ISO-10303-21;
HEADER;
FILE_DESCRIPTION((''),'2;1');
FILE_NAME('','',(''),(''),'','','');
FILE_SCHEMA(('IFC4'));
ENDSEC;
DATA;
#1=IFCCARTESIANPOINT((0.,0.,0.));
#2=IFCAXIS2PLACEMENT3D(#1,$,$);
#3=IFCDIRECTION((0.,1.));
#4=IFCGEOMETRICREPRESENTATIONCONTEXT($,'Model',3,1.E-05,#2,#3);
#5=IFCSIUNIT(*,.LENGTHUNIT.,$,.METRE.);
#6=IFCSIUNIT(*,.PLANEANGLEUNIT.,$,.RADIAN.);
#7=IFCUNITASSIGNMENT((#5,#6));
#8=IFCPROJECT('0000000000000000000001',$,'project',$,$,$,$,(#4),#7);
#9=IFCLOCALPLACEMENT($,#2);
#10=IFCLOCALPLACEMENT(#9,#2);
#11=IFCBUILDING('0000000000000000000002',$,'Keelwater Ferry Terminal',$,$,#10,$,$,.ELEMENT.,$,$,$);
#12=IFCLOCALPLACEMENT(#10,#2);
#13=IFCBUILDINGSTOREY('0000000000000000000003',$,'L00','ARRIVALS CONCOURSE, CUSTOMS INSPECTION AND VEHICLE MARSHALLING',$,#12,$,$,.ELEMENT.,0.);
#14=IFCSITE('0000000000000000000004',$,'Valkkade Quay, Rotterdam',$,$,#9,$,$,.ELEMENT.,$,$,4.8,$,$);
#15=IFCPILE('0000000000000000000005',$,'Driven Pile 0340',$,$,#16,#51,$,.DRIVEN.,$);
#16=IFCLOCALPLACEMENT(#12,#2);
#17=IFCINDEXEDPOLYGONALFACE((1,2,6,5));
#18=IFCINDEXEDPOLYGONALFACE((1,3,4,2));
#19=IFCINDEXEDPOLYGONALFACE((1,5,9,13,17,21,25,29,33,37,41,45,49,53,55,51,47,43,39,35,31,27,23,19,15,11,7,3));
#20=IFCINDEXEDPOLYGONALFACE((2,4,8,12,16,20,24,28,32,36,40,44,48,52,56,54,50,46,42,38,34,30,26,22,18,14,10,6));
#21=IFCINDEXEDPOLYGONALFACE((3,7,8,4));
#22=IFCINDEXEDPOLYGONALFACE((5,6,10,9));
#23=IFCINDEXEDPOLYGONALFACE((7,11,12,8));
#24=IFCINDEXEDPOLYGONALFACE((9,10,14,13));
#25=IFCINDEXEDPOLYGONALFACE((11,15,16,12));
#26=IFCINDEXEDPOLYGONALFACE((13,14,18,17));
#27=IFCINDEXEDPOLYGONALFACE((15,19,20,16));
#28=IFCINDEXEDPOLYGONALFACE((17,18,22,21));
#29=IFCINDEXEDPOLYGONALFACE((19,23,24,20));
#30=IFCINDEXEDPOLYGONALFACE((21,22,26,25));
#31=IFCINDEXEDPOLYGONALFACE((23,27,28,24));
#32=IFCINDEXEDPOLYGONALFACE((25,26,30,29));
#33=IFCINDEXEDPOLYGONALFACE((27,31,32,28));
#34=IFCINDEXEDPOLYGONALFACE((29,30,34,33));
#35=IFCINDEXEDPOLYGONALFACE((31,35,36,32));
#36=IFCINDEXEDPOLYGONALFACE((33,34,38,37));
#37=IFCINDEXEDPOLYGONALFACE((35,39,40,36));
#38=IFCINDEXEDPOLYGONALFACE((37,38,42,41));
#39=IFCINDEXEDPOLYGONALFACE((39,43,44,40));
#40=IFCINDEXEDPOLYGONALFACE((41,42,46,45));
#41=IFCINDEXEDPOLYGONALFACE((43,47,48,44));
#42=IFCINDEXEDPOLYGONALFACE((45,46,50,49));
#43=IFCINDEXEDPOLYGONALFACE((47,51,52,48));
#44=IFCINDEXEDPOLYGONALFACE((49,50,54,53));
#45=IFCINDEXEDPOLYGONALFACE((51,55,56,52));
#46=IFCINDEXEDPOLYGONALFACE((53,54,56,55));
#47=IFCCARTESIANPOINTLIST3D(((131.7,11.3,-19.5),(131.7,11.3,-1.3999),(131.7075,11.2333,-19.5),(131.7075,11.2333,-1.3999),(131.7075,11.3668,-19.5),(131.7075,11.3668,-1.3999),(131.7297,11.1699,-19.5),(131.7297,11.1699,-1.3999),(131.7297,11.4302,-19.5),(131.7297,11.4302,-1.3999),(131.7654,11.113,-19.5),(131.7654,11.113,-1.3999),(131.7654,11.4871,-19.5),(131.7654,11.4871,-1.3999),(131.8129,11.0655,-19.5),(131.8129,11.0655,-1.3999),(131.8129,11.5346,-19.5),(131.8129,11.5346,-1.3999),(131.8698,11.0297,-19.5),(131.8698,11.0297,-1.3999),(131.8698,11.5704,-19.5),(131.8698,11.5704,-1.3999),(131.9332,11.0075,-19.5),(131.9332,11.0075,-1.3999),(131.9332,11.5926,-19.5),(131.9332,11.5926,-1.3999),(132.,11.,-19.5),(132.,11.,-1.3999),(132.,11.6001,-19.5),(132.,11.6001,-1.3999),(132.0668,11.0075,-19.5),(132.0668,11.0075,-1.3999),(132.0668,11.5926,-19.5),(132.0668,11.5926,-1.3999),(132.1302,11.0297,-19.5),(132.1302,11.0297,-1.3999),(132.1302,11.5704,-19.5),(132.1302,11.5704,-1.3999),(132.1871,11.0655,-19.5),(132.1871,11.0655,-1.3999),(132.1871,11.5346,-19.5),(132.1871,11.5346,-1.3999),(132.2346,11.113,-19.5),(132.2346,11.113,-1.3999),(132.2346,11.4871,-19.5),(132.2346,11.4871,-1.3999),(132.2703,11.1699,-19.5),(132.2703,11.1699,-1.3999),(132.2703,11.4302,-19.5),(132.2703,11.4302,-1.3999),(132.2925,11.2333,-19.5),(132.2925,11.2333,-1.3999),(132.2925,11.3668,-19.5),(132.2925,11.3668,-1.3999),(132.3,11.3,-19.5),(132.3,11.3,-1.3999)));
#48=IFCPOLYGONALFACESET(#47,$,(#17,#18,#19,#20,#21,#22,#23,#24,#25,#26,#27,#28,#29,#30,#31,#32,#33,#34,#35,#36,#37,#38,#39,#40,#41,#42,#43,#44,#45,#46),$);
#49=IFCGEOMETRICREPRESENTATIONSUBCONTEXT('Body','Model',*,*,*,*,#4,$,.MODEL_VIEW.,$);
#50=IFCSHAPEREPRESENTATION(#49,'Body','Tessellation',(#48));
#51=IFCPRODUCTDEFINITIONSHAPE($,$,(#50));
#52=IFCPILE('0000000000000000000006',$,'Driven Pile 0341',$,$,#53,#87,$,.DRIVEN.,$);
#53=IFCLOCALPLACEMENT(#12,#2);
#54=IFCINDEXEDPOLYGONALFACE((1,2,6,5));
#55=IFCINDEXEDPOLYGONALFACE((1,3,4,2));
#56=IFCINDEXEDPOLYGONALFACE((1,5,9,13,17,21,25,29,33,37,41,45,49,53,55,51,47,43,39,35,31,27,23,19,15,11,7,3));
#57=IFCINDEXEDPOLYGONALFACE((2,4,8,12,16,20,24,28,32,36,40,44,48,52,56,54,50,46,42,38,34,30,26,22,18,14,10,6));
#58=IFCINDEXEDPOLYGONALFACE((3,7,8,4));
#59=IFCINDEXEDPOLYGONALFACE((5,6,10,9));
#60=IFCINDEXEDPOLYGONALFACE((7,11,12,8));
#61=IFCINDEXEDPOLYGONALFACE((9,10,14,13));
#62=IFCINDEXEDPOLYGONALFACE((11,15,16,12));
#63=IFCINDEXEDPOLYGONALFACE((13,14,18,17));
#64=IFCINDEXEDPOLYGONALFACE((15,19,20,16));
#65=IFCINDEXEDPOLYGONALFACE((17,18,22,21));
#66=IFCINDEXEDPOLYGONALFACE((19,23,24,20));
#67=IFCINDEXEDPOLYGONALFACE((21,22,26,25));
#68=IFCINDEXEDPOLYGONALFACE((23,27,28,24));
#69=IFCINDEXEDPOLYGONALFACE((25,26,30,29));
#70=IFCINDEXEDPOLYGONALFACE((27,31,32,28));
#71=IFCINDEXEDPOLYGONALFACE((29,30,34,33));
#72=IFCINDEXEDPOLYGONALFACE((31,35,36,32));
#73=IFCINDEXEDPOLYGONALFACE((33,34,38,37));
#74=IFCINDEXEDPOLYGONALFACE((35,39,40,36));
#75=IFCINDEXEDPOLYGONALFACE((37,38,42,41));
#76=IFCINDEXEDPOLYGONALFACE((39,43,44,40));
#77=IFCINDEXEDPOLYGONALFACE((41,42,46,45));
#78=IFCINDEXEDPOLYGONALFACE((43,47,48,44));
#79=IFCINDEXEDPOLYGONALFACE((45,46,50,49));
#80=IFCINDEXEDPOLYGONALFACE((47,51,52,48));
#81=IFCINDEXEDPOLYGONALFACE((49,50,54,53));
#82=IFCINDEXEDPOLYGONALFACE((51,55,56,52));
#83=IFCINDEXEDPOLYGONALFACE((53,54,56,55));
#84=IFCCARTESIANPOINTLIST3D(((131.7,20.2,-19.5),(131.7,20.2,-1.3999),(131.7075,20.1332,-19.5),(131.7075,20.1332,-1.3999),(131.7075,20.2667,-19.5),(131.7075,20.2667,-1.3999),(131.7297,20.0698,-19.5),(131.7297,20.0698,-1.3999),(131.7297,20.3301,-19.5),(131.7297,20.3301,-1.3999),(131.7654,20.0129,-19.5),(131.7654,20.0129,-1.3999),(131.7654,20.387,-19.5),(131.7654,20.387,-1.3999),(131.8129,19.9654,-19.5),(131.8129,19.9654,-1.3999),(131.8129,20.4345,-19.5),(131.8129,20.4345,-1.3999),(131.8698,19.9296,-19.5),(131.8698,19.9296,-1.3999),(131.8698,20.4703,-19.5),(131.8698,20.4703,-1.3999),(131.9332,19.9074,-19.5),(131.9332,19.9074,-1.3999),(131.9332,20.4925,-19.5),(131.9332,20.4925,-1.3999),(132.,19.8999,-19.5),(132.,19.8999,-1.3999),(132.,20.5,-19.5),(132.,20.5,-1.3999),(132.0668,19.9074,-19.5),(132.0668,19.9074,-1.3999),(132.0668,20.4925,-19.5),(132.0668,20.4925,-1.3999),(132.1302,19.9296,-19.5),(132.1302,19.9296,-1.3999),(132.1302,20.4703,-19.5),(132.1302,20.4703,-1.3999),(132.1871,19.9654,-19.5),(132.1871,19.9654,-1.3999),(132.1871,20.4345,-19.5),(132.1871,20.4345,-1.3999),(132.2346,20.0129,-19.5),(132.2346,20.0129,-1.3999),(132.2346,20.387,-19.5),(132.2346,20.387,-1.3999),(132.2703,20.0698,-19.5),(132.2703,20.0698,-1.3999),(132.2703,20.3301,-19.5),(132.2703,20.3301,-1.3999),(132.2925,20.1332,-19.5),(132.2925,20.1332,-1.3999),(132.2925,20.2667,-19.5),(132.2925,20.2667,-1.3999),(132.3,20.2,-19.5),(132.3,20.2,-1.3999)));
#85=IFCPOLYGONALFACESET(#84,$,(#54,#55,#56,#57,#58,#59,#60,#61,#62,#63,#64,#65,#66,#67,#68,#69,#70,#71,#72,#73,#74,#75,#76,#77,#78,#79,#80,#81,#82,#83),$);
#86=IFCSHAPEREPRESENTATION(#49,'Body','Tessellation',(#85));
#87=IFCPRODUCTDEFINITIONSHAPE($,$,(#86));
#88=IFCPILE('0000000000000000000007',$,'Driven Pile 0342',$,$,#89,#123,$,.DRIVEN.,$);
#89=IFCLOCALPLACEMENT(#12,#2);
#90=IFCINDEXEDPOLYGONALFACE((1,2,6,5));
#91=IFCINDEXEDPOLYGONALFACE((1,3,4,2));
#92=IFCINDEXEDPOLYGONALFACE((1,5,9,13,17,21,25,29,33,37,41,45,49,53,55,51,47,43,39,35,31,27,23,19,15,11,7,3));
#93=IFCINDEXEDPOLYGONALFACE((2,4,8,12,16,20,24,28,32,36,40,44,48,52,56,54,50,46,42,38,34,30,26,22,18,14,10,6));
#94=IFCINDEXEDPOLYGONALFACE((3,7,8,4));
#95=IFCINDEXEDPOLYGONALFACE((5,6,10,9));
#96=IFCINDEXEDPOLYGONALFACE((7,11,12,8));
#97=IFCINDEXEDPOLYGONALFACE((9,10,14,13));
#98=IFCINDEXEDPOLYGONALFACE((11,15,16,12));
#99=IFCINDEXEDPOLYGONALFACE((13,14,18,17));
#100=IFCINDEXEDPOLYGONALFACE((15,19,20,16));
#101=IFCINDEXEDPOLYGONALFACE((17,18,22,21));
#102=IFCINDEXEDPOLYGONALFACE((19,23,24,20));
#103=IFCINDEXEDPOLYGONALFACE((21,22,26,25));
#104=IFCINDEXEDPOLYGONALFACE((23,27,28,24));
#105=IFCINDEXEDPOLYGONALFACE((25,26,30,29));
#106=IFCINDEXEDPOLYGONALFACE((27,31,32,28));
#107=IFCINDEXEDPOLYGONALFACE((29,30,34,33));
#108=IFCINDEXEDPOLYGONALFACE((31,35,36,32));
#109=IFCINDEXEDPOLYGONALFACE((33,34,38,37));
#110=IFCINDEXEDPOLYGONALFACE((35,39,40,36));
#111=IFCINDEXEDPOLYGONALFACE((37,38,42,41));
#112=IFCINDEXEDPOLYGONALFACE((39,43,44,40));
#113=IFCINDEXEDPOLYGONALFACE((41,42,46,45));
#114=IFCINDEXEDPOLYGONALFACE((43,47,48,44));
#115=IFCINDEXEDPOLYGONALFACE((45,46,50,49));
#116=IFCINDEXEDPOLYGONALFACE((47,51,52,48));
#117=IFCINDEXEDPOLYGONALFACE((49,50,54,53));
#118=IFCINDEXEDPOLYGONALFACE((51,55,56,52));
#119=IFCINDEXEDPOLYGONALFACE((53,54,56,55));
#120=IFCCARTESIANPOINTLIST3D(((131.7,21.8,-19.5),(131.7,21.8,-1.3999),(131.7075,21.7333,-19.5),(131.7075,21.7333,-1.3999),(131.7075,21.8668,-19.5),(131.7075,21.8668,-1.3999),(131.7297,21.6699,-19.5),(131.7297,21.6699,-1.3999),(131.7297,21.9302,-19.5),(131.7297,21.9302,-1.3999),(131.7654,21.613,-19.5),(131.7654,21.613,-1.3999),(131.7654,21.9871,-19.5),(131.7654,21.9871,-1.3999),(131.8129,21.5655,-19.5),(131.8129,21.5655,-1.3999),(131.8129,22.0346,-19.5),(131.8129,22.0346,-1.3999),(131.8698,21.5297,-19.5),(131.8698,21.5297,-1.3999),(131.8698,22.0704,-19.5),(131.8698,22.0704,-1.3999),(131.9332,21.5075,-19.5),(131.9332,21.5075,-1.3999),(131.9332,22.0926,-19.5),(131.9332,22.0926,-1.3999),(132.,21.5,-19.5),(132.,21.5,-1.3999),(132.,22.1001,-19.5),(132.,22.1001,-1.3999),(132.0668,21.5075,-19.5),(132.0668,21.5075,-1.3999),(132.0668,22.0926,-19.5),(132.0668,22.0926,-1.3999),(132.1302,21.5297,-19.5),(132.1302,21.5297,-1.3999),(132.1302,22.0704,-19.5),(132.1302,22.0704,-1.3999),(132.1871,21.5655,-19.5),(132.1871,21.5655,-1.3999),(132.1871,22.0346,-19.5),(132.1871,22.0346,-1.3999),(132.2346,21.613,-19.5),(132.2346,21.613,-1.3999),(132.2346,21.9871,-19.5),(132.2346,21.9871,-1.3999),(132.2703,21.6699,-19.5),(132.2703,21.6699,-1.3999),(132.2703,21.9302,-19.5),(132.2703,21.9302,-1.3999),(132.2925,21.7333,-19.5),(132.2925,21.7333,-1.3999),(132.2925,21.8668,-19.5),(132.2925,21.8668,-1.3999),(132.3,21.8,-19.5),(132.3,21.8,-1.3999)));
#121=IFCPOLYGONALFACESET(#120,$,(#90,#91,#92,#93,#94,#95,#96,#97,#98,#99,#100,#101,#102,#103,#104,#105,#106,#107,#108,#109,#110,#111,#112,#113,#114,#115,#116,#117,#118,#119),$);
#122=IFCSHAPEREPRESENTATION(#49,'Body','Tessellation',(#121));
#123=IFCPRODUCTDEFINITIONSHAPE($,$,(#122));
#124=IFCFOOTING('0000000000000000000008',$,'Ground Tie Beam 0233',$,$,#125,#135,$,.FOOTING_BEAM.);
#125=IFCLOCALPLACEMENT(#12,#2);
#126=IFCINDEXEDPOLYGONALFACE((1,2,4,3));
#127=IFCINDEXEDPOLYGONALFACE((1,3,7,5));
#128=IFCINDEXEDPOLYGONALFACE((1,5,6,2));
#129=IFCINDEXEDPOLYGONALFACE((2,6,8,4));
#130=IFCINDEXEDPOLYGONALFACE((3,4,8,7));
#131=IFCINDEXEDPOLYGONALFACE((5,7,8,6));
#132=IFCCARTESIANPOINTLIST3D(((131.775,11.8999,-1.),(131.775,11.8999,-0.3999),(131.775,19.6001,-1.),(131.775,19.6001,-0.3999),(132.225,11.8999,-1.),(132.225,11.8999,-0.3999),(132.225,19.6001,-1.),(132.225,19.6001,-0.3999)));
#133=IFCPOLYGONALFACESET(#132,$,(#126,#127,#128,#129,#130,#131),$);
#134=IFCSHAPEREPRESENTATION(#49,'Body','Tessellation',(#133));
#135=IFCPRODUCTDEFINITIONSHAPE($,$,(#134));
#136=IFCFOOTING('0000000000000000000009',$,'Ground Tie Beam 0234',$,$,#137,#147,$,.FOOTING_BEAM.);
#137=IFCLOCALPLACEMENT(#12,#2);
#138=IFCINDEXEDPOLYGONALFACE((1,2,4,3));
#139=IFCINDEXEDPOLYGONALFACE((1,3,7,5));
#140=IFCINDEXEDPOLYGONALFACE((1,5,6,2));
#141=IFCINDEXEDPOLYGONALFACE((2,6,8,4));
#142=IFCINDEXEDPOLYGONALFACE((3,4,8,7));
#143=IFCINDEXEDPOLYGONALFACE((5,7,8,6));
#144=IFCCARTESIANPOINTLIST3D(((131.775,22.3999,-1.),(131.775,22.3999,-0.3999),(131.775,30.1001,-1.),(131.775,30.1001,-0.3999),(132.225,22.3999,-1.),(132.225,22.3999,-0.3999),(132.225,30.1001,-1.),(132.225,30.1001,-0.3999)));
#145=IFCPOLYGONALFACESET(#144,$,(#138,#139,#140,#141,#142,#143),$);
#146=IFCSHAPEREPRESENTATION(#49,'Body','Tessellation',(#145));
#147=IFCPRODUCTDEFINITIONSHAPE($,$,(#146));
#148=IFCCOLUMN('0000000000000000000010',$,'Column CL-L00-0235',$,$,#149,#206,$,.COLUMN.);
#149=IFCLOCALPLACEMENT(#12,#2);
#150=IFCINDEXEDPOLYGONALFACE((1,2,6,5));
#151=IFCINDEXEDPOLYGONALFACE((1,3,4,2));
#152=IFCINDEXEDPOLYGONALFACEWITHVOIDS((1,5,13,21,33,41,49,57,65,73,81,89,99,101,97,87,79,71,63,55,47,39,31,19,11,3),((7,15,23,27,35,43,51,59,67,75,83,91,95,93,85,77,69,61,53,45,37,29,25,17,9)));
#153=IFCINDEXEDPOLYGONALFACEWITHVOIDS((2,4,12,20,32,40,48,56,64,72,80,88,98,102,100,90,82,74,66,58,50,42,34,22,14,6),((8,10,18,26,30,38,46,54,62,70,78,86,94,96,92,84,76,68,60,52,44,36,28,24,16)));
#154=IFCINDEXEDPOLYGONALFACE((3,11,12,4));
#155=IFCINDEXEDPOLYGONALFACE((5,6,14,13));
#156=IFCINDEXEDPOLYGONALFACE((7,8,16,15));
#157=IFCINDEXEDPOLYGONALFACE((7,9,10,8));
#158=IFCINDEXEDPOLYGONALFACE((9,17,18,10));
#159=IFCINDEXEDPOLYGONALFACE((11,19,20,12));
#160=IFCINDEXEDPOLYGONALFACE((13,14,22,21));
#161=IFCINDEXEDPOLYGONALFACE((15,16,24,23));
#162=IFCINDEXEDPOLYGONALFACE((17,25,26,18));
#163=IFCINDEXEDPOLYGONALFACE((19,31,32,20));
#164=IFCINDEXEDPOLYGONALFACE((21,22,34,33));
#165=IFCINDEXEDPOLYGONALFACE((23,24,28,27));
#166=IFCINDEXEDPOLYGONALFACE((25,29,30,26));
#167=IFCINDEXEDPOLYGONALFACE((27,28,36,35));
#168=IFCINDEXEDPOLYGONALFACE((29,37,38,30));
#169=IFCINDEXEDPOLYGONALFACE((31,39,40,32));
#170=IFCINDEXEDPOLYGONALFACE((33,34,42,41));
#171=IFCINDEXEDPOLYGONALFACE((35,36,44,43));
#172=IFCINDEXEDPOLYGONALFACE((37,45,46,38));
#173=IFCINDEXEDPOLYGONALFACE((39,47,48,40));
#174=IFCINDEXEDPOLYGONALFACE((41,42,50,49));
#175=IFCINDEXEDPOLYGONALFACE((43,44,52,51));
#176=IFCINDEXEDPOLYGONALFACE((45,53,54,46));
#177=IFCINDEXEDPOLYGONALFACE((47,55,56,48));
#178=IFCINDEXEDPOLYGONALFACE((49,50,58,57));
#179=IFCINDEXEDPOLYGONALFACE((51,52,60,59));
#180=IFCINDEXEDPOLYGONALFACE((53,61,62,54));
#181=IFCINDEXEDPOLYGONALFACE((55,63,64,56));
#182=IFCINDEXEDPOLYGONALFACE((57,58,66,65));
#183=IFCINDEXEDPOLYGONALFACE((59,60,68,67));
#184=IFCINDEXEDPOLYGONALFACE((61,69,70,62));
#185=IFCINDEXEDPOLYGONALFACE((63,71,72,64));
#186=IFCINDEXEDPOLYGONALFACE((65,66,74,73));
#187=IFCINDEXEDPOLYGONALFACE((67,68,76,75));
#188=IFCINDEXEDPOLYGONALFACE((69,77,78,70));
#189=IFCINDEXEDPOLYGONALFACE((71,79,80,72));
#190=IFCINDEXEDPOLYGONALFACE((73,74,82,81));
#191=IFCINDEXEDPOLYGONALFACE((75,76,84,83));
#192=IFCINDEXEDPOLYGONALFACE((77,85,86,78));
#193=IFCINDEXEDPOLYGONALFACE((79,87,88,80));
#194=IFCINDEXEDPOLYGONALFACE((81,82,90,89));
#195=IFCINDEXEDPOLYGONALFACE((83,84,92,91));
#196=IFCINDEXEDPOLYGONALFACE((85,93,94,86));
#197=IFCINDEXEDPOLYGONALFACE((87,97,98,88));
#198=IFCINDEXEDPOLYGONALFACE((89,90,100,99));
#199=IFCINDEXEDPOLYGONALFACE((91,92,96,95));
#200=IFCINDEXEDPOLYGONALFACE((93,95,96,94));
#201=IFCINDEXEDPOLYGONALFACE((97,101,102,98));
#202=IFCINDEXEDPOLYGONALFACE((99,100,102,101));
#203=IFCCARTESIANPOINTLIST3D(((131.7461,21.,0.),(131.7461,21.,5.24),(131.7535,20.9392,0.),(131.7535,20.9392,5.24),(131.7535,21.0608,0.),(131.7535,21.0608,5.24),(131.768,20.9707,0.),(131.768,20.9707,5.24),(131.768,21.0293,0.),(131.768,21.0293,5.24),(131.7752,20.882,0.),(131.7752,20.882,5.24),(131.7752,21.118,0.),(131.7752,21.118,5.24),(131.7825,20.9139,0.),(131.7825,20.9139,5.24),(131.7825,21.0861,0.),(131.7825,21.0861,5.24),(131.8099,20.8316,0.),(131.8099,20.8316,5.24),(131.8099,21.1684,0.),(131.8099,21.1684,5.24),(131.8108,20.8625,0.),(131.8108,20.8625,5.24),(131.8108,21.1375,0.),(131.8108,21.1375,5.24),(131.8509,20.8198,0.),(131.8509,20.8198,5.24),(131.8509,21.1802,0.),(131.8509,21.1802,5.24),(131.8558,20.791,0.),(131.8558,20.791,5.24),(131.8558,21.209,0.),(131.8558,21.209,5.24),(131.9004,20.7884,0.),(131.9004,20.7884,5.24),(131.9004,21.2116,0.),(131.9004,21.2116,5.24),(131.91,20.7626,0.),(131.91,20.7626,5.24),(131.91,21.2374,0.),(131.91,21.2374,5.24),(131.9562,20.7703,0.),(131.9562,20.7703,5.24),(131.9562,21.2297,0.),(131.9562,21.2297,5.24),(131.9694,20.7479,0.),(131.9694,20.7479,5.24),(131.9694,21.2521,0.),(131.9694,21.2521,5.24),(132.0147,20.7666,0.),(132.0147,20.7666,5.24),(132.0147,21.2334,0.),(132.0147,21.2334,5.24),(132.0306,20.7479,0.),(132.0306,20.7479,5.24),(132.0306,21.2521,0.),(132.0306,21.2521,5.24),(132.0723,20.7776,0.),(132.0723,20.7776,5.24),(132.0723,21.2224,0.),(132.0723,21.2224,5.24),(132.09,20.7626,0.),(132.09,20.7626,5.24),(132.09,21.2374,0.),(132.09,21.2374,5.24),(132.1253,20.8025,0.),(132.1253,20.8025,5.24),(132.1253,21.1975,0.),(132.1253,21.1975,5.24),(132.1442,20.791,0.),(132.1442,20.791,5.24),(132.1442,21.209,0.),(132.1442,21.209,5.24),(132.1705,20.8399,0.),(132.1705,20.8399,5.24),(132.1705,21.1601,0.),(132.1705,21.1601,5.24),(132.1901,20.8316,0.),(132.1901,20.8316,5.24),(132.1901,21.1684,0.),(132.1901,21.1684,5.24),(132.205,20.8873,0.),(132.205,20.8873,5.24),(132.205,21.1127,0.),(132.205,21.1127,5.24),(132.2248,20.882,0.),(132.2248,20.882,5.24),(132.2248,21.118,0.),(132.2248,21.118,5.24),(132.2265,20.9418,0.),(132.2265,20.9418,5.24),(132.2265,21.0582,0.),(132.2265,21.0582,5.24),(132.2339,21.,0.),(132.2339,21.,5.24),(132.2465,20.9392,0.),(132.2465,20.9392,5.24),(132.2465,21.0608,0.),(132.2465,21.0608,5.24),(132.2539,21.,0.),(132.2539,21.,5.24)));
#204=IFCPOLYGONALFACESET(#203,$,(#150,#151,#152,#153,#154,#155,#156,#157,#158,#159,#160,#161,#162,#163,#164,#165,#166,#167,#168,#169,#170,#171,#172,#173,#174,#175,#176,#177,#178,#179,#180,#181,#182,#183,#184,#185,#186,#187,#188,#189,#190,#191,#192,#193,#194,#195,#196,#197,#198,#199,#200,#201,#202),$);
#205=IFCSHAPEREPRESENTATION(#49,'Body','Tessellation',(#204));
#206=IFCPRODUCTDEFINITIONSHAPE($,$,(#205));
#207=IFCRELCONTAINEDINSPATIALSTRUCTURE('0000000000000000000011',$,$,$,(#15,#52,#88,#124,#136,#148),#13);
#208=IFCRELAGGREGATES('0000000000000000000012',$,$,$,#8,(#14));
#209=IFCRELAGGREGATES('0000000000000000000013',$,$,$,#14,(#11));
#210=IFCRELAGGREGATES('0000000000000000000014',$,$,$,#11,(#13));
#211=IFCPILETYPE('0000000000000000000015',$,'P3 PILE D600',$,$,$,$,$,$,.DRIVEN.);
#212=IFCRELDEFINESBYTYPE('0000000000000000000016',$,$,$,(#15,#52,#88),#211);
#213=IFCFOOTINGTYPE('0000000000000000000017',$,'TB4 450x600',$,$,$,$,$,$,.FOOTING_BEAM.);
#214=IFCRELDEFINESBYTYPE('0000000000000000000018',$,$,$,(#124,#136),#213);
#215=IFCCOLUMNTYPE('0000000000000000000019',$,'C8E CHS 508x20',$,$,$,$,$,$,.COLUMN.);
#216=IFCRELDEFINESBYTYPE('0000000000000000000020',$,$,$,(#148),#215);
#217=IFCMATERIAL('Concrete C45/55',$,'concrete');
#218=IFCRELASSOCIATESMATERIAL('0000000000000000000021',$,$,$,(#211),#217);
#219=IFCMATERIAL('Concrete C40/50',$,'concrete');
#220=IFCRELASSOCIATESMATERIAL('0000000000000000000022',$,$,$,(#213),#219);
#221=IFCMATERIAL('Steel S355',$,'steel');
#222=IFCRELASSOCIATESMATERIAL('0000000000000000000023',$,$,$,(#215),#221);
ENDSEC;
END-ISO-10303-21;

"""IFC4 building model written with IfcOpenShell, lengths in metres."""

from ifc_helpers import new_model, si_unit, direction, frame, origin, origin_2d, place, context, subcontext, project, spatial, rectangle, circle, hollow_circle, extrude, material, material_profile, profile_set, type_object, element, save


model = new_model("IFC4")

# Units and contexts
model_context = context("Model", 3, precision=1e-05, world=origin(), true_north=direction((0.0, 1.0)))
body_context = subcontext(model_context, "Body", "Model", "MODEL_VIEW")
ifc_project = project(units=[si_unit("LENGTHUNIT", "METRE"), si_unit("PLANEANGLEUNIT", "RADIAN")], contexts=[model_context])

# Site, building, storey
site_placement = place(None, origin())
site = spatial("IfcSite", under=ifc_project, at=site_placement, Name="Valkkade Quay, Rotterdam", CompositionType="ELEMENT", RefElevation=4.8)
building_placement = place(site_placement, origin())
building = spatial("IfcBuilding", under=site, at=building_placement, Name="Keelwater Ferry Terminal", CompositionType="ELEMENT")
storey_placement = place(building_placement, origin())
storey = spatial("IfcBuildingStorey", under=building, at=storey_placement, Name="L00", Description="ARRIVALS CONCOURSE, CUSTOMS INSPECTION AND VEHICLE MARSHALLING", CompositionType="ELEMENT", Elevation=0.0)

# Piles
ifc_material_1 = material(Name="Concrete C45/55", Category="concrete")
ifc_material_profile_1 = material_profile(ifc_material_1, circle(Radius=0.3, at=origin_2d()), Name="PILE D600")
ifc_profile_set_1 = profile_set([ifc_material_profile_1], Name="Concrete C45/55")
pile_type = type_object("IfcPileType", Name="P3 PILE D600", PredefinedType="DRIVEN", material=ifc_profile_set_1)
for number, where, z_axis, x_axis, name in (
    (1, (132.0, 11.3, -1.3999), (0.0, 0.0, -1.0), (1.0, 0.0, 0.0), "Driven Pile 0340"),
    (2, (132.0, 20.2, -1.3999), (0.0, 0.0, -1.0), (1.0, 0.0, 0.0), "Driven Pile 0341"),
    (3, (132.0, 21.8, -1.3999), (0.0, 0.0, -1.0), (1.0, 0.0, 0.0), "Driven Pile 0342"),
):
    element("IfcPile", number, at=place(storey_placement, frame(where, z_axis=z_axis, x_axis=x_axis)), inside=storey, type_object=pile_type, Name=name, PredefinedType="DRIVEN", context=body_context, shape_type="SweptSolid", body=[
        extrude(circle(Radius=0.3, at=origin_2d()), origin(), (0.0, 0.0, 1.0), 18.1001),
    ])

# Footings
ifc_material_2 = material(Name="Concrete C40/50", Category="concrete")
ifc_material_profile_2 = material_profile(ifc_material_2, rectangle(XDim=0.45, YDim=0.6001, at=origin_2d()), Name="TB 450x600")
ifc_profile_set_2 = profile_set([ifc_material_profile_2], Name="Concrete C40/50")
footing_type = type_object("IfcFootingType", Name="TB4 450x600", PredefinedType="FOOTING_BEAM", material=ifc_profile_set_2)
for number, where, z_axis, x_axis, name in (
    (4, (132.0, 11.8999, -0.7), (0.0, 1.0, 0.0), (-1.0, 0.0, 0.0), "Ground Tie Beam 0233"),
    (5, (132.0, 22.3999, -0.7), (0.0, 1.0, 0.0), (-1.0, 0.0, 0.0), "Ground Tie Beam 0234"),
):
    element("IfcFooting", number, at=place(storey_placement, frame(where, z_axis=z_axis, x_axis=x_axis)), inside=storey, type_object=footing_type, Name=name, PredefinedType="FOOTING_BEAM", context=body_context, shape_type="SweptSolid", body=[
        extrude(rectangle(XDim=0.45, YDim=0.6001, at=origin_2d()), origin(), (0.0, 0.0, 1.0), 7.7002),
    ])

# Column
ifc_material_3 = material(Name="Steel S355", Category="steel")
ifc_material_profile_3 = material_profile(ifc_material_3, hollow_circle(Radius=0.2539, WallThickness=0.02, at=origin_2d()), Name="CHS 508x20")
ifc_profile_set_3 = profile_set([ifc_material_profile_3], Name="Steel S355")
column_type = type_object("IfcColumnType", Name="C8E CHS 508x20", PredefinedType="COLUMN", material=ifc_profile_set_3)
column_placement = place(storey_placement, frame((132.0, 21.0, 0.0), z_axis=(0.0, 0.0, 1.0), x_axis=(1.0, 0.0, 0.0)))
element("IfcColumn", 6, at=column_placement, inside=storey, type_object=column_type, Name="Column CL-L00-0235", PredefinedType="COLUMN", context=body_context, shape_type="SweptSolid", body=[
    extrude(hollow_circle(Radius=0.2539, WallThickness=0.02, at=origin_2d()), origin(), (0.0, 0.0, 1.0), 5.24),
])

save(model, "model.ifc")
